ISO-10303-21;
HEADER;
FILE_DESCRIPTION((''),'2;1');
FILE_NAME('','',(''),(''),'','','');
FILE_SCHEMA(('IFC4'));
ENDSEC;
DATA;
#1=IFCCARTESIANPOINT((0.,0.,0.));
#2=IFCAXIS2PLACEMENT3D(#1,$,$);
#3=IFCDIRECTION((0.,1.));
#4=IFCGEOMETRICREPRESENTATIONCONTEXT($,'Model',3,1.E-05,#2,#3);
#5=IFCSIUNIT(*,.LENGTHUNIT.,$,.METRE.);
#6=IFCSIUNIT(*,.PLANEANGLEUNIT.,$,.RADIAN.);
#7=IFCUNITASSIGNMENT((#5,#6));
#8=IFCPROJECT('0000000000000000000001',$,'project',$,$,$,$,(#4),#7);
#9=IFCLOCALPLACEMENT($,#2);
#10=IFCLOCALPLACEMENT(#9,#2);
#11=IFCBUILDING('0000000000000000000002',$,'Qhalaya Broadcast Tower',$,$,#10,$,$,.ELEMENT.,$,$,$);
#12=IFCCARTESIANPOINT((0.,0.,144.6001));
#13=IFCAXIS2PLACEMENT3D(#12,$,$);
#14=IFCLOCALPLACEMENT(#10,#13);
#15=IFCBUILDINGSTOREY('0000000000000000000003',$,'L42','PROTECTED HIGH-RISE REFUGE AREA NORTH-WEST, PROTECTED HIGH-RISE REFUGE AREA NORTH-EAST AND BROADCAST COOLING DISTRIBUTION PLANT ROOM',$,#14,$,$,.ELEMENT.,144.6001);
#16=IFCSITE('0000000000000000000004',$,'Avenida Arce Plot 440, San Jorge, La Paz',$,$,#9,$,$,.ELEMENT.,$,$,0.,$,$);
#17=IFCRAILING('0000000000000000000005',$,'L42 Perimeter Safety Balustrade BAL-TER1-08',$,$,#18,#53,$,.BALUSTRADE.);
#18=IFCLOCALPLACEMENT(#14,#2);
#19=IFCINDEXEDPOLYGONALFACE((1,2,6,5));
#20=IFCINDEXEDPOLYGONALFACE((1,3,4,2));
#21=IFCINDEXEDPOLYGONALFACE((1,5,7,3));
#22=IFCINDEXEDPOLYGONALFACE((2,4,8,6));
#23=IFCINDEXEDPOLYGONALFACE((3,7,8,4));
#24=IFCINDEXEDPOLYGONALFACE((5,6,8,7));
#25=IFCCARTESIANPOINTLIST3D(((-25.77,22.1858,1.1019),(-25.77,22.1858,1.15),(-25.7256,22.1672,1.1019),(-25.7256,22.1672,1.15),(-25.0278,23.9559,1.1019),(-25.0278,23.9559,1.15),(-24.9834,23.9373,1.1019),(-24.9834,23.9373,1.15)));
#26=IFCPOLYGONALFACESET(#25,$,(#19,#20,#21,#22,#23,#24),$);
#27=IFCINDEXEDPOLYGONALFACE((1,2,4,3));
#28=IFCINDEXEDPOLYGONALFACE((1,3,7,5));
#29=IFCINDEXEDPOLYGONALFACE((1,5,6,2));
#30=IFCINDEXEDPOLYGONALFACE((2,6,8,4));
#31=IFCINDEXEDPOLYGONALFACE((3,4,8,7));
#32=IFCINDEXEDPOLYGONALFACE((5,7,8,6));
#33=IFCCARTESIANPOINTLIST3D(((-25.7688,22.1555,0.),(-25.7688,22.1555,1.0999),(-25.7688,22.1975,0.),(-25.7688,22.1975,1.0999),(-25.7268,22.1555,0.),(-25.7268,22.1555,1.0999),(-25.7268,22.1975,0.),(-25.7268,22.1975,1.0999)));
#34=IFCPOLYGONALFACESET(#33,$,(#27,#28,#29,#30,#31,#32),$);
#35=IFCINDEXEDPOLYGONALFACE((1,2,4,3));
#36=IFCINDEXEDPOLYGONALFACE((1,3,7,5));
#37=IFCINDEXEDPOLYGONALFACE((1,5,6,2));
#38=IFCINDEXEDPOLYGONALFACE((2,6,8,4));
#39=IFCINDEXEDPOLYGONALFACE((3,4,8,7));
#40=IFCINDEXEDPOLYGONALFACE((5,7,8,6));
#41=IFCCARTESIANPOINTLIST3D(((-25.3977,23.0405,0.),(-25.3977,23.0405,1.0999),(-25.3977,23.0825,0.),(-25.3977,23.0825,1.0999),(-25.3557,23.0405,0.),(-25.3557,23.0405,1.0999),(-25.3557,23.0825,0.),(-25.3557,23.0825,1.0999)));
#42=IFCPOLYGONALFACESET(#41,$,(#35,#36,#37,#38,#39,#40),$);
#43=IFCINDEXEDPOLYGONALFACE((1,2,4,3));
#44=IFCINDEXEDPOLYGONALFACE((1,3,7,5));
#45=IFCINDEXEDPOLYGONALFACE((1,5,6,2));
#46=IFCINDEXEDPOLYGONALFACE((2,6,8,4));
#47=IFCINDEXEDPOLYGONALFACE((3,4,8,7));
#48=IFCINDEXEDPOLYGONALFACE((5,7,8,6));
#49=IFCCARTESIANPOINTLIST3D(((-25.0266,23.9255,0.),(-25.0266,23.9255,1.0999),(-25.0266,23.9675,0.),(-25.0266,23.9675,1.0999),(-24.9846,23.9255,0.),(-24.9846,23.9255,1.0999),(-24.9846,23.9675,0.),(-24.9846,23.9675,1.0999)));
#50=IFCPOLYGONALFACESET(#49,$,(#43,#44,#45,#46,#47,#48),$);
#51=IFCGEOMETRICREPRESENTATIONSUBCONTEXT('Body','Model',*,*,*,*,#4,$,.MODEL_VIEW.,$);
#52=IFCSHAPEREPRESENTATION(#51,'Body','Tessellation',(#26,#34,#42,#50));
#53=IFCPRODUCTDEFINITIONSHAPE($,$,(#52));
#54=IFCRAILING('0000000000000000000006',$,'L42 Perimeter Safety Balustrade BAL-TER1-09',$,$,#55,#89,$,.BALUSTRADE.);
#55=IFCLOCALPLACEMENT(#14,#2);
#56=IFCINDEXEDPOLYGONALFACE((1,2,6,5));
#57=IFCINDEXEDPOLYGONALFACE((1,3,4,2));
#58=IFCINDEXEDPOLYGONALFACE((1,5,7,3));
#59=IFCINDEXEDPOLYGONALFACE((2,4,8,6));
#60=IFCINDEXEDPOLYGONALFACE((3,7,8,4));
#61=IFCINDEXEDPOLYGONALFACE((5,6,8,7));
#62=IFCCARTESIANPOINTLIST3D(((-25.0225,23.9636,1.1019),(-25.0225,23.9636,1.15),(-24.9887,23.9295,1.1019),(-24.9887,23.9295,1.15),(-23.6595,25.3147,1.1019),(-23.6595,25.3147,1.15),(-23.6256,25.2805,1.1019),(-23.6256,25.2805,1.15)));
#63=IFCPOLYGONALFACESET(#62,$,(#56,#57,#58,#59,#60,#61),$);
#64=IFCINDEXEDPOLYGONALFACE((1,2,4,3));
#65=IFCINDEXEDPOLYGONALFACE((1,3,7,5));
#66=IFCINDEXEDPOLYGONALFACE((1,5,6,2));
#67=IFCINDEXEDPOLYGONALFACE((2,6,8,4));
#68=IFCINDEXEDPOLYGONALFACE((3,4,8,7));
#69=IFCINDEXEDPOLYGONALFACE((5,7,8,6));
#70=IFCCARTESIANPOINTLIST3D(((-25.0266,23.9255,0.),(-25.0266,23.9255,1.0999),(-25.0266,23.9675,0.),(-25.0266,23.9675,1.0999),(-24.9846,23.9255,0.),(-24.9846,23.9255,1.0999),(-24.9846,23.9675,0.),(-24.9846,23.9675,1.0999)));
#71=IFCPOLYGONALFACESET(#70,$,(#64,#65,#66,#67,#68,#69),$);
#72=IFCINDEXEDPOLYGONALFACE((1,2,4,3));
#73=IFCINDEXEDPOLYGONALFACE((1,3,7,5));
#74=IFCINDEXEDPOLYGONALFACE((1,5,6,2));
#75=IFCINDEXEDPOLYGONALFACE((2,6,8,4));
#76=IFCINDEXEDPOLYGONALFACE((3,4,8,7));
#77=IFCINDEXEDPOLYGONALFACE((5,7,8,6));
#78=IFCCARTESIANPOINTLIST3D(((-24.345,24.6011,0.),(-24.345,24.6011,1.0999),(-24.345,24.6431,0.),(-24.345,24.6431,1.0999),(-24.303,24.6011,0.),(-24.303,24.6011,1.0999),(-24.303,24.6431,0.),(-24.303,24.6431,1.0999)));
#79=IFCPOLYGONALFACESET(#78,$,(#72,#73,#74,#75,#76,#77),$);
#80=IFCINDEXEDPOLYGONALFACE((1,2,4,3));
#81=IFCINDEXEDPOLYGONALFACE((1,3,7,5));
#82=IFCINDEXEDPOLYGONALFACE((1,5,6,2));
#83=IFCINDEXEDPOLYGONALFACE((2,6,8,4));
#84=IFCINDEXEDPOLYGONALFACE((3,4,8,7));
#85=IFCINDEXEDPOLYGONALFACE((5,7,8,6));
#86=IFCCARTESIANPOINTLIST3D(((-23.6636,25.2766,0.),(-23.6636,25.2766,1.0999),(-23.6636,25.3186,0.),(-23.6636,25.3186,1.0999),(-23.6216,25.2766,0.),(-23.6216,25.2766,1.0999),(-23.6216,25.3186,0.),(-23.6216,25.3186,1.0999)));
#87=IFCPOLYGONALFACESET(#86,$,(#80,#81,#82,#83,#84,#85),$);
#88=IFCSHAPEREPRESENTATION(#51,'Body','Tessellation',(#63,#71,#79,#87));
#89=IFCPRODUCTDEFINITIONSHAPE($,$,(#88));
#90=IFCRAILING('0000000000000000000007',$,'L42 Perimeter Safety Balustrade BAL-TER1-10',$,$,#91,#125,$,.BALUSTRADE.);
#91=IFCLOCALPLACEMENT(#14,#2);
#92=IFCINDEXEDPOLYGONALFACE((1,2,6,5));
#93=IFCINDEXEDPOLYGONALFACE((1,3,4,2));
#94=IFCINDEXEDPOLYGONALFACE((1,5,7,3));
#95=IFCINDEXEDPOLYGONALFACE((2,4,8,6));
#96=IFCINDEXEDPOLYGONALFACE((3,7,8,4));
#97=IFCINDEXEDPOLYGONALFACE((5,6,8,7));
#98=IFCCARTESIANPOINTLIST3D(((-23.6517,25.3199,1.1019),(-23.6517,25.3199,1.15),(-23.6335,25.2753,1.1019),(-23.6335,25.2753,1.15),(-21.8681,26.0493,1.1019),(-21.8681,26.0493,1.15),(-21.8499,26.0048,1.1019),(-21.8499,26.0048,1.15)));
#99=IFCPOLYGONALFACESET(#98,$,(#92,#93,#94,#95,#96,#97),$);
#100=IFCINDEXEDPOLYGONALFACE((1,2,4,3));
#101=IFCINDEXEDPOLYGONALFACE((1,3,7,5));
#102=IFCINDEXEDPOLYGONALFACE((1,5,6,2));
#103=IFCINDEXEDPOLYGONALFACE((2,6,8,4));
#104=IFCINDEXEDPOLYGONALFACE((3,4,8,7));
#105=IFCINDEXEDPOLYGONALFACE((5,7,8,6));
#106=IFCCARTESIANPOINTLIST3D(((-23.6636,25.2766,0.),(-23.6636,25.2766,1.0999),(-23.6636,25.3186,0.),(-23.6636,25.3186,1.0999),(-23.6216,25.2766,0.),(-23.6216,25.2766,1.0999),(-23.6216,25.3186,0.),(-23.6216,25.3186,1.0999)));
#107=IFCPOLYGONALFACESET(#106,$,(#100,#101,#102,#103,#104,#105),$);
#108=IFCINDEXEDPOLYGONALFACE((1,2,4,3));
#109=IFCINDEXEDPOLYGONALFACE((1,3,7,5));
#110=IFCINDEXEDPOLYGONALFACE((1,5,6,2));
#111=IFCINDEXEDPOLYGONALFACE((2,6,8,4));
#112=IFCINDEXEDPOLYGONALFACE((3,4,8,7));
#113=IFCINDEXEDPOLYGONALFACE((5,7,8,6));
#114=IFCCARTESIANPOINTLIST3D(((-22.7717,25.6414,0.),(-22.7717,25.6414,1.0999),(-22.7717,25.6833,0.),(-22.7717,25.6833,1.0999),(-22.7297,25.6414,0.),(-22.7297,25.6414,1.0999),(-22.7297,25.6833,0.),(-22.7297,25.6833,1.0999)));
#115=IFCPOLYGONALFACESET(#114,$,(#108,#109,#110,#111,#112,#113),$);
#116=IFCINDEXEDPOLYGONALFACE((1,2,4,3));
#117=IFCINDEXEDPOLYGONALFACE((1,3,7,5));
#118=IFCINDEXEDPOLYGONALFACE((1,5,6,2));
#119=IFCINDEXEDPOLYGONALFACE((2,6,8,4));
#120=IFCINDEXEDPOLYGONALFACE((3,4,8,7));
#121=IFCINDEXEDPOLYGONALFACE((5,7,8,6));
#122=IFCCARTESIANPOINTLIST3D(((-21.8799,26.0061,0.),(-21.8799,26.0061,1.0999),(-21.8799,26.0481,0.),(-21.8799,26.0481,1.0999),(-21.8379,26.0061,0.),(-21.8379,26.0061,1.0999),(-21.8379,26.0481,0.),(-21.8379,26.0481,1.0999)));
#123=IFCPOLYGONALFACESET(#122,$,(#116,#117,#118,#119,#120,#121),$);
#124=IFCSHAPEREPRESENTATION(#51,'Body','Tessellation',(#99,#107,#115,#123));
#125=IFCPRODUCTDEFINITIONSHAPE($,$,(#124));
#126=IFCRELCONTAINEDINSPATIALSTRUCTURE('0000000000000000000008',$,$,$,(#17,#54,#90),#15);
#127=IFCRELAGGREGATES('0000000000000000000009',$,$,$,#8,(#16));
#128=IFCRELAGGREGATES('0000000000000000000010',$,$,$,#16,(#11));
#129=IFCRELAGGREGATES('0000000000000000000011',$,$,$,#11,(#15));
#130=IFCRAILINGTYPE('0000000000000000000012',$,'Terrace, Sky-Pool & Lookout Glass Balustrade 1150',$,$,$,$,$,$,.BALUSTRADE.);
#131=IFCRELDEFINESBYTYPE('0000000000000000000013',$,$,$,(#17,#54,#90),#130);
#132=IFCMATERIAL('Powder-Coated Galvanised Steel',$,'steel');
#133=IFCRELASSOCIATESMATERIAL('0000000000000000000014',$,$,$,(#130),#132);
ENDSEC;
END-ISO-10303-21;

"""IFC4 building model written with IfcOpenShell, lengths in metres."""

from ifc_helpers import new_model, si_unit, direction, frame, origin, origin_2d, place, context, subcontext, project, spatial, rectangle, extrude, material, type_object, element, save


model = new_model("IFC4")

# Units and contexts
model_context = context("Model", 3, precision=1e-05, world=origin(), true_north=direction((0.0, 1.0)))
body_context = subcontext(model_context, "Body", "Model", "MODEL_VIEW")
ifc_project = project(units=[si_unit("LENGTHUNIT", "METRE"), si_unit("PLANEANGLEUNIT", "RADIAN")], contexts=[model_context])

# Site, building, storey
site_placement = place(None, origin())
site = spatial("IfcSite", under=ifc_project, at=site_placement, Name="Avenida Arce Plot 440, San Jorge, La Paz", CompositionType="ELEMENT", RefElevation=0.0)
building_placement = place(site_placement, origin())
building = spatial("IfcBuilding", under=site, at=building_placement, Name="Qhalaya Broadcast Tower", CompositionType="ELEMENT")
storey_placement = place(building_placement, frame((0.0, 0.0, 144.6001)))
storey = spatial("IfcBuildingStorey", under=building, at=storey_placement, Name="L42", Description="PROTECTED HIGH-RISE REFUGE AREA NORTH-WEST, PROTECTED HIGH-RISE REFUGE AREA NORTH-EAST AND BROADCAST COOLING DISTRIBUTION PLANT ROOM", CompositionType="ELEMENT", Elevation=144.6001)

# Railings
ifc_material_1 = material(Name="Powder-Coated Galvanised Steel", Category="steel")
railing_type = type_object("IfcRailingType", Name="Terrace, Sky-Pool & Lookout Glass Balustrade 1150", PredefinedType="BALUSTRADE", material=ifc_material_1)
railing_1_placement = place(storey_placement, frame((-25.7478, 22.1765, 0.0)))
element("IfcRailing", 1, at=railing_1_placement, inside=storey, type_object=railing_type, Name="L42 Perimeter Safety Balustrade BAL-TER1-08", PredefinedType="BALUSTRADE", context=body_context, shape_type="SweptSolid", body=[
    extrude(rectangle(XDim=0.0481, YDim=0.0481, at=origin_2d()), frame((0.0, 0.0, 1.126), z_axis=(0.386692, 0.922209, 0.0), x_axis=(-0.922209, 0.386692, 0.0)), (0.0, 0.0, 1.0), 1.9194),
    extrude(rectangle(XDim=0.042, YDim=0.042, at=origin_2d()), origin(), (0.0, 0.0, 1.0), 1.0999),
    extrude(rectangle(XDim=0.042, YDim=0.042, at=origin_2d()), frame((0.3711, 0.885, 0.0)), (0.0, 0.0, 1.0), 1.0999),
    extrude(rectangle(XDim=0.042, YDim=0.042, at=origin_2d()), frame((0.7422, 1.77, 0.0)), (0.0, 0.0, 1.0), 1.0999),
])
railing_2_placement = place(storey_placement, frame((-25.0056, 23.9465, 0.0)))
element("IfcRailing", 2, at=railing_2_placement, inside=storey, type_object=railing_type, Name="L42 Perimeter Safety Balustrade BAL-TER1-09", PredefinedType="BALUSTRADE", context=body_context, shape_type="SweptSolid", body=[
    extrude(rectangle(XDim=0.0481, YDim=0.0481, at=origin_2d()), frame((0.0, 0.0, 1.126), z_axis=(0.710217, 0.703983, 0.0), x_axis=(-0.703983, 0.710217, 0.0)), (0.0, 0.0, 1.0), 1.9192),
    extrude(rectangle(XDim=0.042, YDim=0.042, at=origin_2d()), origin(), (0.0, 0.0, 1.0), 1.0999),
    extrude(rectangle(XDim=0.042, YDim=0.042, at=origin_2d()), frame((0.6816, 0.6755, 0.0)), (0.0, 0.0, 1.0), 1.0999),
    extrude(rectangle(XDim=0.042, YDim=0.042, at=origin_2d()), frame((1.363, 1.3511, 0.0)), (0.0, 0.0, 1.0), 1.0999),
])
railing_3_placement = place(storey_placement, frame((-23.6426, 25.2976, 0.0)))
element("IfcRailing", 3, at=railing_3_placement, inside=storey, type_object=railing_type, Name="L42 Perimeter Safety Balustrade BAL-TER1-10", PredefinedType="BALUSTRADE", context=body_context, shape_type="SweptSolid", body=[
    extrude(rectangle(XDim=0.0481, YDim=0.0481, at=origin_2d()), frame((0.0, 0.0, 1.126), z_axis=(0.925583, 0.378544, 0.0), x_axis=(-0.378544, 0.925583, 0.0)), (0.0, 0.0, 1.0), 1.927),
    extrude(rectangle(XDim=0.042, YDim=0.042, at=origin_2d()), origin(), (0.0, 0.0, 1.0), 1.0999),
    extrude(rectangle(XDim=0.042, YDim=0.042, at=origin_2d()), frame((0.8918, 0.3647, 0.0)), (0.0, 0.0, 1.0), 1.0999),
    extrude(rectangle(XDim=0.042, YDim=0.042, at=origin_2d()), frame((1.7837, 0.7295, 0.0)), (0.0, 0.0, 1.0), 1.0999),
])

save(model, "model.ifc")
